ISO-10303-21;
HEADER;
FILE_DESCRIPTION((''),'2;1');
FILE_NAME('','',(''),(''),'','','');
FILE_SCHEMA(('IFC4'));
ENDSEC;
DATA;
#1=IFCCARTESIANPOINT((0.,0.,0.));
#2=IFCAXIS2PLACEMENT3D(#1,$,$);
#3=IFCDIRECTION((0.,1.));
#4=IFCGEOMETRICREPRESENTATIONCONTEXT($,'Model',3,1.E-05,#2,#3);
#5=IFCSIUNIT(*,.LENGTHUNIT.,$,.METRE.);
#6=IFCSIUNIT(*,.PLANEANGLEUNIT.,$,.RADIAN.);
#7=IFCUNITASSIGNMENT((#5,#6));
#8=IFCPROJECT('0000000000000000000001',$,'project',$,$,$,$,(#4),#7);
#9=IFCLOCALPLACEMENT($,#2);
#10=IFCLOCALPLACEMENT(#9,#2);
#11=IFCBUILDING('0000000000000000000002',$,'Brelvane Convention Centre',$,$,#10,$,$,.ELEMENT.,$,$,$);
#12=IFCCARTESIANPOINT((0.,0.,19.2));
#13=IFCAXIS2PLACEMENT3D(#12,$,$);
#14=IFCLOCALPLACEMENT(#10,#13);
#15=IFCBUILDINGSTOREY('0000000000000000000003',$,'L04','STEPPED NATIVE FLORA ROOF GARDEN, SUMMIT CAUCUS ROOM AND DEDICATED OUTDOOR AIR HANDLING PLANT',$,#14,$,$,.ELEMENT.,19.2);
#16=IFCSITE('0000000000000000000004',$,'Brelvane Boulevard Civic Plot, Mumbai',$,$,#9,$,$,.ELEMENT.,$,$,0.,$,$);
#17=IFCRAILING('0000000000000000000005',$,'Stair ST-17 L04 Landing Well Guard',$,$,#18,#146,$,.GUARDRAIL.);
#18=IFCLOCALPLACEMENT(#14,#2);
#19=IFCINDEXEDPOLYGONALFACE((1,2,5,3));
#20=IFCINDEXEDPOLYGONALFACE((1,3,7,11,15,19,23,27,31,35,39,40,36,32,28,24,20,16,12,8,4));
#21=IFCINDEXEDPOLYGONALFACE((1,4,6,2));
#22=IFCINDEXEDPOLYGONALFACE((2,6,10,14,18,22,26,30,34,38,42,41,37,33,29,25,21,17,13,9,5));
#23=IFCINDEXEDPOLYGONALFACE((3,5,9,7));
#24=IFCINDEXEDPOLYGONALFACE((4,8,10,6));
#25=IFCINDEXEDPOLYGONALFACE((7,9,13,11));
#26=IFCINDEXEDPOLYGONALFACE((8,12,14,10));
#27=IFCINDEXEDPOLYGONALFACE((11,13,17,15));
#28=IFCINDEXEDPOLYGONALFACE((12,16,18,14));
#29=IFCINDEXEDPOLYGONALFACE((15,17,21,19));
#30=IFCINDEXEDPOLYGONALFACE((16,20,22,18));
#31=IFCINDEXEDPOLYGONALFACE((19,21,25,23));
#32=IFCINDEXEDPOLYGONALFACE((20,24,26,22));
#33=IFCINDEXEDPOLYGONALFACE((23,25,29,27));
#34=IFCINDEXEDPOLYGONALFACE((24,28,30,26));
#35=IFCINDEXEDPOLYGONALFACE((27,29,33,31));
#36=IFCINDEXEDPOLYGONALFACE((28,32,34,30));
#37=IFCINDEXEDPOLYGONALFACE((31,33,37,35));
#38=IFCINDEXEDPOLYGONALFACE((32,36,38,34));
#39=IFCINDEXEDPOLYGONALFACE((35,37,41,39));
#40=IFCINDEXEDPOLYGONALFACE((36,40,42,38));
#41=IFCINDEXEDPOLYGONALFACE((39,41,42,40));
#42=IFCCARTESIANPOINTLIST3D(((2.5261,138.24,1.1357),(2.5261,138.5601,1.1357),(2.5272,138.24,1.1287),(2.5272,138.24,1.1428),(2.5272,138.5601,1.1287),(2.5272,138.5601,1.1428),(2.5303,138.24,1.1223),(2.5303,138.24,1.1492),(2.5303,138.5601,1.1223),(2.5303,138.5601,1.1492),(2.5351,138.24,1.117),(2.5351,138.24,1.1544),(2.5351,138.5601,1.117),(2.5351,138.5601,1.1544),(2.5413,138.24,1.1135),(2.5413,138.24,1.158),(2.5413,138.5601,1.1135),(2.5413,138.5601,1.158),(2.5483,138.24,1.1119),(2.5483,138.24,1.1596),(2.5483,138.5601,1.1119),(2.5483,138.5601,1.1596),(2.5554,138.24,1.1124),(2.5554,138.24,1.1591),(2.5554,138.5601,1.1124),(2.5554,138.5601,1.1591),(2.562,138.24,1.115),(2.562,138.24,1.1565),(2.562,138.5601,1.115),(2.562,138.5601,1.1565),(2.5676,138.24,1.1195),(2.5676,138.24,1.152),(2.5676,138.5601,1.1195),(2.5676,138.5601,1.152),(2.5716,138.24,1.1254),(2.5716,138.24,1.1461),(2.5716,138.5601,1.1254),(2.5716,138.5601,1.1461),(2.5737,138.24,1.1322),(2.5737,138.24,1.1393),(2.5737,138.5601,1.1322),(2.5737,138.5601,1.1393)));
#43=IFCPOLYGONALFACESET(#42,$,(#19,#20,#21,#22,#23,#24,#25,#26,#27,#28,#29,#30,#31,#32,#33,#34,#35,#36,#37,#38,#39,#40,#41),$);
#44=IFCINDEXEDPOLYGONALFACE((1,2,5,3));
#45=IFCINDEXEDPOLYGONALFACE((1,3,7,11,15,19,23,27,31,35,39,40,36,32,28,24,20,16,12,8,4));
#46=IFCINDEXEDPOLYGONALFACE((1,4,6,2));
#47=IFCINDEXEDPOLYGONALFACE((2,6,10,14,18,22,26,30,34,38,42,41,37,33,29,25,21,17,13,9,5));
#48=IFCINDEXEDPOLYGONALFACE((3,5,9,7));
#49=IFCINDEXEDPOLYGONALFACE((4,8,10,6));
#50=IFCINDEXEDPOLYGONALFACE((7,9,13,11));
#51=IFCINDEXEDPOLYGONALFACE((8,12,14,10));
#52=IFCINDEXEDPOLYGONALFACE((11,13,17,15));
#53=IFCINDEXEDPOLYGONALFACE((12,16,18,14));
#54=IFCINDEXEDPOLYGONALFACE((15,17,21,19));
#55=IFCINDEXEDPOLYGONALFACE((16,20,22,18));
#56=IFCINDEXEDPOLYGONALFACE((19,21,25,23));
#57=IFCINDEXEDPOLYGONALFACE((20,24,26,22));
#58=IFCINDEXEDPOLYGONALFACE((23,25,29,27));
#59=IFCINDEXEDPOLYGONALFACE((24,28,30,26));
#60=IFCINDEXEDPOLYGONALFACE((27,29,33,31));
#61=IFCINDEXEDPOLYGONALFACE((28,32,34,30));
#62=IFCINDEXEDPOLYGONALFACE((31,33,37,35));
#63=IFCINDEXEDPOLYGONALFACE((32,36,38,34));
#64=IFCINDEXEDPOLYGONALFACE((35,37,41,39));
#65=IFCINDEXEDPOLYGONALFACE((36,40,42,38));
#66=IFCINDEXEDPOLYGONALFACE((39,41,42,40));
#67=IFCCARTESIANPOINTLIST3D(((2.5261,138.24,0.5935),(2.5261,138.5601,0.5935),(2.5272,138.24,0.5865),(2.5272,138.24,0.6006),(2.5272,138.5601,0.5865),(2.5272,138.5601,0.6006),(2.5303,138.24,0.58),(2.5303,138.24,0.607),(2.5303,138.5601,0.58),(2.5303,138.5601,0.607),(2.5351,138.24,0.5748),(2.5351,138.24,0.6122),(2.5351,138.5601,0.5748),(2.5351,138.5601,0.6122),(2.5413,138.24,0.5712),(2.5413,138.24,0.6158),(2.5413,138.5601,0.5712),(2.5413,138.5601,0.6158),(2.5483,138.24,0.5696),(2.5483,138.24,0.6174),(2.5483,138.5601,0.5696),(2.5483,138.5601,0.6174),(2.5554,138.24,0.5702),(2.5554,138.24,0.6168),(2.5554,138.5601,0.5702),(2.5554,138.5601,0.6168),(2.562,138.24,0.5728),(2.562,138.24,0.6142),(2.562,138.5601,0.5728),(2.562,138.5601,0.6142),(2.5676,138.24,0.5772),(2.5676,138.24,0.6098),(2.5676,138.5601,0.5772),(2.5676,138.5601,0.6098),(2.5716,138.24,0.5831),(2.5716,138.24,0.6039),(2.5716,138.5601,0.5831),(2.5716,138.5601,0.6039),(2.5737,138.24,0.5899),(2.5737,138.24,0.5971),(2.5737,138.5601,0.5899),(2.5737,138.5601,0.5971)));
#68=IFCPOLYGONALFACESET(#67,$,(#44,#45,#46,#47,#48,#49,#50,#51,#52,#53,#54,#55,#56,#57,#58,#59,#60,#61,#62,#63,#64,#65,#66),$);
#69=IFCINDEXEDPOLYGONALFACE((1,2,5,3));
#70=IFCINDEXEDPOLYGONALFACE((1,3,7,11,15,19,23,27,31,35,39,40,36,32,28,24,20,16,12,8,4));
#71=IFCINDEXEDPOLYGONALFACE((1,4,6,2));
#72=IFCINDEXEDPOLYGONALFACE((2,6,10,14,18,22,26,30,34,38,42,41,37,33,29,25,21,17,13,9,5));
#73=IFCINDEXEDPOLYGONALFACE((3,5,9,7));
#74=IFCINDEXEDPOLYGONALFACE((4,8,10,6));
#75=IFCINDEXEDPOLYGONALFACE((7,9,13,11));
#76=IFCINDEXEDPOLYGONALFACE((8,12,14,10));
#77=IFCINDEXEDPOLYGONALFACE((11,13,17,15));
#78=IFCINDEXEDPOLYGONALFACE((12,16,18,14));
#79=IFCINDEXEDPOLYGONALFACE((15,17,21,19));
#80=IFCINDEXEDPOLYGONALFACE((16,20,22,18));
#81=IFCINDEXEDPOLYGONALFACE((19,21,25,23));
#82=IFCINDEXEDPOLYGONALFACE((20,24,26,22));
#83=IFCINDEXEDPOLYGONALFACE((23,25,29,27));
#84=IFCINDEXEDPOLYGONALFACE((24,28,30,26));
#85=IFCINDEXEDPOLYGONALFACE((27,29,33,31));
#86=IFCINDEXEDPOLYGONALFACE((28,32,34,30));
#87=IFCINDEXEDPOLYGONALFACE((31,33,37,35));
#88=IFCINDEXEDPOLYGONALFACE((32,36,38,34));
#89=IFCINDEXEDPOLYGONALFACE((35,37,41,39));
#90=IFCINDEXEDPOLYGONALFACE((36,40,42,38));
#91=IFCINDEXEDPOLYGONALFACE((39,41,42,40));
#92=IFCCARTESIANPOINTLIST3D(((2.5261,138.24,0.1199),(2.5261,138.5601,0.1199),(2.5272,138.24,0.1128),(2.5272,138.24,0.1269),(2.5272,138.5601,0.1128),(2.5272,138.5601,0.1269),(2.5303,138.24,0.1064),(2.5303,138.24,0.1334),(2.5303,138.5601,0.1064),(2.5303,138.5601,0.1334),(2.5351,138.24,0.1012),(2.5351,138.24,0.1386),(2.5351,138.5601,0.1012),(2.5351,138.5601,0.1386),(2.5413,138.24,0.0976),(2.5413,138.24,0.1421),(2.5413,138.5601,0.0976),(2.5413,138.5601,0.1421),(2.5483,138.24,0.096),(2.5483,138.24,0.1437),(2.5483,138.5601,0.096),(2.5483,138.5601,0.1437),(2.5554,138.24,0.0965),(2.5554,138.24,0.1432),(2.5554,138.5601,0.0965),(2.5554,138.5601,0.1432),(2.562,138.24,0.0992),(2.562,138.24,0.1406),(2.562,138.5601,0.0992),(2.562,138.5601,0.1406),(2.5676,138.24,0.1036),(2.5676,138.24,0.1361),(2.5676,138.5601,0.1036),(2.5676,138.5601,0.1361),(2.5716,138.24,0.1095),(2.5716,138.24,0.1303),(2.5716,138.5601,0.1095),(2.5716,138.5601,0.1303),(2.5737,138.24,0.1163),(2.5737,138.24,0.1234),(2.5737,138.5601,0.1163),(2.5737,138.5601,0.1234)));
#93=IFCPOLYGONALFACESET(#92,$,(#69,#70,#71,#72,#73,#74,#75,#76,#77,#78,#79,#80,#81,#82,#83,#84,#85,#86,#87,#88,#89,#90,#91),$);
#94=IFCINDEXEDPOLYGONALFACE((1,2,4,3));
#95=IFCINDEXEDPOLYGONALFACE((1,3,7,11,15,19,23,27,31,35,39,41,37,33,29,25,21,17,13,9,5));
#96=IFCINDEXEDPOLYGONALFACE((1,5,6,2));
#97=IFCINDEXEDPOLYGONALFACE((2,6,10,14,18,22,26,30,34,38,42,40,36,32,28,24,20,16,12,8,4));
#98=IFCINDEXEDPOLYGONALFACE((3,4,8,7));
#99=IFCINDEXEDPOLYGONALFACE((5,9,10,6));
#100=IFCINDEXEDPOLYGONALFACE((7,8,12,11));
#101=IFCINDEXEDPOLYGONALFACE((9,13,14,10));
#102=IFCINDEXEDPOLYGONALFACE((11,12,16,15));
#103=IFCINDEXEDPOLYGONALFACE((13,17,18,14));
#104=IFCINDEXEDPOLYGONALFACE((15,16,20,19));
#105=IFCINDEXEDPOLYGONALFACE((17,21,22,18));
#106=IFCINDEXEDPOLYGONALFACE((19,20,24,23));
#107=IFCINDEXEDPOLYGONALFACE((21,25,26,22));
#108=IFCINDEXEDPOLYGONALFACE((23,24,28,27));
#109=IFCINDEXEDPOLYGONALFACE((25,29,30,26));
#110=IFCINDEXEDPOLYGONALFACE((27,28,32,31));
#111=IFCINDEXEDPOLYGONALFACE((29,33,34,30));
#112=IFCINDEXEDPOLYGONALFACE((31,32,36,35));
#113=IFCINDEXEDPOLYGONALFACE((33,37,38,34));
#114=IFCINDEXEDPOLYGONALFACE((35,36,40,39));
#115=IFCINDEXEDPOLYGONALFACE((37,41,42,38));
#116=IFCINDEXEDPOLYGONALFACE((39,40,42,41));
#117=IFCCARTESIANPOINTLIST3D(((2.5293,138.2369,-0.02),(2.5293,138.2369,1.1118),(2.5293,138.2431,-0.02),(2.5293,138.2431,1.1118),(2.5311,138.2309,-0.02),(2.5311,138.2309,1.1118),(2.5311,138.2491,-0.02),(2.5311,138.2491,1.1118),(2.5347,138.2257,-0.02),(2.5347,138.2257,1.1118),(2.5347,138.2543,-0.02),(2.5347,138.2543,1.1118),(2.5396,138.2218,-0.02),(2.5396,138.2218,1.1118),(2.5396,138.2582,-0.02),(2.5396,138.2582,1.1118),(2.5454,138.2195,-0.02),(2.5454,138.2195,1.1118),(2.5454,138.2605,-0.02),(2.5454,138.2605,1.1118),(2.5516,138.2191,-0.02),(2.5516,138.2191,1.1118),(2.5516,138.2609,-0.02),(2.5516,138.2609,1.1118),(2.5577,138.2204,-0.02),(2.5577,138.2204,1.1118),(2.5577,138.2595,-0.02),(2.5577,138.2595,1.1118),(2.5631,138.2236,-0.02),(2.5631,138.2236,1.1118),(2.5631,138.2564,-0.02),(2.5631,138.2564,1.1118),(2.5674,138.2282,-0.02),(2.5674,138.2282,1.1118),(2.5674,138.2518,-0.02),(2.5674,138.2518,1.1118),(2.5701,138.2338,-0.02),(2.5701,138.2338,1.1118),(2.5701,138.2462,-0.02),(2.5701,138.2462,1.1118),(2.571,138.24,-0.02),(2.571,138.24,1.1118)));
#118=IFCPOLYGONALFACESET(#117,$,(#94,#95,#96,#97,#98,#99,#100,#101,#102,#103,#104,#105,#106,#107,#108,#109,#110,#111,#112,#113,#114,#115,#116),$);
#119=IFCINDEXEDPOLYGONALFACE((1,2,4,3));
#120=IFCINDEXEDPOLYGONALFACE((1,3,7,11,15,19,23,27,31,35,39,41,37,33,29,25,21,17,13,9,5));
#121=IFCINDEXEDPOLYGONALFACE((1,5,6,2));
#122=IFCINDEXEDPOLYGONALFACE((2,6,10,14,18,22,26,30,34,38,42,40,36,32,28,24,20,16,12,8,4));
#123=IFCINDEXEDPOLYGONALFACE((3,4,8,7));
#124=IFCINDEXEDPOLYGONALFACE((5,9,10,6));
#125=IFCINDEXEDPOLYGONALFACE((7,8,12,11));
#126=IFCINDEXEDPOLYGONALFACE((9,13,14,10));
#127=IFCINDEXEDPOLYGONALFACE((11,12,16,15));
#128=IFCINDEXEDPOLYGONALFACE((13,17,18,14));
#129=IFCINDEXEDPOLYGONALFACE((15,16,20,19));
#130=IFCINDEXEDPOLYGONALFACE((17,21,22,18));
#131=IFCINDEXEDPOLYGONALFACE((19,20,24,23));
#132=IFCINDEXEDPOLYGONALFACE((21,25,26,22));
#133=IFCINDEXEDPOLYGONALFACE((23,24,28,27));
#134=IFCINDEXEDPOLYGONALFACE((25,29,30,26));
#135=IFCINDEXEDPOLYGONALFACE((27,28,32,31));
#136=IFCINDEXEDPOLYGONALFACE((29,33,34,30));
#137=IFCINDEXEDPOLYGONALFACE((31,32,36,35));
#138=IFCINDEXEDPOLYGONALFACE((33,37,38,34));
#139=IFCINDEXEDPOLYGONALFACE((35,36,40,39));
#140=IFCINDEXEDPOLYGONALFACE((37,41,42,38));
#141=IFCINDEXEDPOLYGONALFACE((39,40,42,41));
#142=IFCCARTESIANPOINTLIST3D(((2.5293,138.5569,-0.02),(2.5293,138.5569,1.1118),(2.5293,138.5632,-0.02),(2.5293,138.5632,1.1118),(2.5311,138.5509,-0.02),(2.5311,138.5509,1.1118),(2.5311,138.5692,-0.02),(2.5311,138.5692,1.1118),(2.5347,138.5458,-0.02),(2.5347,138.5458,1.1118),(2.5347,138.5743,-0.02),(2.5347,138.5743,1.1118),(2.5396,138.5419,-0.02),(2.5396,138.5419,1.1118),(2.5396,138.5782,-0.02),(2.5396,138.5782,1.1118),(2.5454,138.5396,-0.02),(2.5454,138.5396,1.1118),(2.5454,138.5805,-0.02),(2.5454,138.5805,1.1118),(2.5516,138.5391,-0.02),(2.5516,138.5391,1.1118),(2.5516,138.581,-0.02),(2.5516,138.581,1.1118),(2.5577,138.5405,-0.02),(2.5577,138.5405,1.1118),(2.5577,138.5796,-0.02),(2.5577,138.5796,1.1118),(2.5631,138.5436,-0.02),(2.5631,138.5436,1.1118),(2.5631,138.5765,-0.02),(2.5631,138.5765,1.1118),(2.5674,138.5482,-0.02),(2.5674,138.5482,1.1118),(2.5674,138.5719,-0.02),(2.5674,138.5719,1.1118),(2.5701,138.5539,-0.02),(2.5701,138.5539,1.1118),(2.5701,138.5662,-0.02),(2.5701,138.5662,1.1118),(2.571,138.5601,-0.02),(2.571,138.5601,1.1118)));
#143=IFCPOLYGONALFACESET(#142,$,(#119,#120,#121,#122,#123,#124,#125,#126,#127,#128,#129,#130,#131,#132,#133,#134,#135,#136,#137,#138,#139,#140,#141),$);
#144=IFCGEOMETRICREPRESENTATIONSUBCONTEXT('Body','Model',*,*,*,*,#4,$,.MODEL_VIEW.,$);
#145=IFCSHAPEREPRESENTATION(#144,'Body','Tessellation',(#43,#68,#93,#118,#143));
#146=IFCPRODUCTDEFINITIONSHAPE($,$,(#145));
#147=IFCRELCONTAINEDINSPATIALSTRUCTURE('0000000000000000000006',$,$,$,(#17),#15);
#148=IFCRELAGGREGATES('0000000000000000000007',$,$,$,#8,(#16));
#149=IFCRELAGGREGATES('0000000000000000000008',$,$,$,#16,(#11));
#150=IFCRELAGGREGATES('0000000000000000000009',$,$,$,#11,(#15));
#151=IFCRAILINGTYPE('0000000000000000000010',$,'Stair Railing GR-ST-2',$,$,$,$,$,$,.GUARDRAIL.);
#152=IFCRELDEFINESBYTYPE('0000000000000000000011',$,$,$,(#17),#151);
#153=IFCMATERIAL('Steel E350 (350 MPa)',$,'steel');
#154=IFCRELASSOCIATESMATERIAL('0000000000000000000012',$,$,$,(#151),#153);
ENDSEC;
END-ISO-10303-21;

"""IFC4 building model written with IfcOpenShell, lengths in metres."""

from ifc_helpers import new_model, si_unit, direction, frame, origin, origin_2d, place, context, subcontext, project, spatial, circle, extrude, material, type_object, element, save


model = new_model("IFC4")

# Units and contexts
model_context = context("Model", 3, precision=1e-05, world=origin(), true_north=direction((0.0, 1.0)))
body_context = subcontext(model_context, "Body", "Model", "MODEL_VIEW")
ifc_project = project(units=[si_unit("LENGTHUNIT", "METRE"), si_unit("PLANEANGLEUNIT", "RADIAN")], contexts=[model_context])

# Site, building, storey
site_placement = place(None, origin())
site = spatial("IfcSite", under=ifc_project, at=site_placement, Name="Brelvane Boulevard Civic Plot, Mumbai", CompositionType="ELEMENT", RefElevation=0.0)
building_placement = place(site_placement, origin())
building = spatial("IfcBuilding", under=site, at=building_placement, Name="Brelvane Convention Centre", CompositionType="ELEMENT")
storey_placement = place(building_placement, frame((0.0, 0.0, 19.2)))
storey = spatial("IfcBuildingStorey", under=building, at=storey_placement, Name="L04", Description="STEPPED NATIVE FLORA ROOF GARDEN, SUMMIT CAUCUS ROOM AND DEDICATED OUTDOOR AIR HANDLING PLANT", CompositionType="ELEMENT", Elevation=19.2)

# Railing
ifc_material_1 = material(Name="Steel E350 (350 MPa)", Category="steel")
railing_type_1 = type_object("IfcRailingType", Name="Stair Railing GR-ST-2", PredefinedType="GUARDRAIL", material=ifc_material_1)
railing_1_placement = place(storey_placement, frame((2.55, 138.24, -0.02)))
element("IfcRailing", 1, at=railing_1_placement, inside=storey, type_object=railing_type_1, Name="Stair ST-17 L04 Landing Well Guard", PredefinedType="GUARDRAIL", context=body_context, shape_type="SweptSolid", body=[
    extrude(circle(Radius=0.0239, at=origin_2d()), frame((0.0, 0.0, 1.1558), z_axis=(0.0, 1.0, 0.0), x_axis=(-1.0, 0.0, 0.0)), (0.0, 0.0, 1.0), 0.3201),
    extrude(circle(Radius=0.0239, at=origin_2d()), frame((0.0, 0.0, 0.6135), z_axis=(0.0, 1.0, 0.0), x_axis=(-1.0, 0.0, 0.0)), (0.0, 0.0, 1.0), 0.3201),
    extrude(circle(Radius=0.0239, at=origin_2d()), frame((0.0, 0.0, 0.1399), z_axis=(0.0, 1.0, 0.0), x_axis=(-1.0, 0.0, 0.0)), (0.0, 0.0, 1.0), 0.3201),
    extrude(circle(Radius=0.021, at=origin_2d()), origin(), (0.0, 0.0, 1.0), 1.1318),
    extrude(circle(Radius=0.021, at=origin_2d()), frame((0.0, 0.3201, 0.0)), (0.0, 0.0, 1.0), 1.1318),
])

save(model, "model.ifc")
